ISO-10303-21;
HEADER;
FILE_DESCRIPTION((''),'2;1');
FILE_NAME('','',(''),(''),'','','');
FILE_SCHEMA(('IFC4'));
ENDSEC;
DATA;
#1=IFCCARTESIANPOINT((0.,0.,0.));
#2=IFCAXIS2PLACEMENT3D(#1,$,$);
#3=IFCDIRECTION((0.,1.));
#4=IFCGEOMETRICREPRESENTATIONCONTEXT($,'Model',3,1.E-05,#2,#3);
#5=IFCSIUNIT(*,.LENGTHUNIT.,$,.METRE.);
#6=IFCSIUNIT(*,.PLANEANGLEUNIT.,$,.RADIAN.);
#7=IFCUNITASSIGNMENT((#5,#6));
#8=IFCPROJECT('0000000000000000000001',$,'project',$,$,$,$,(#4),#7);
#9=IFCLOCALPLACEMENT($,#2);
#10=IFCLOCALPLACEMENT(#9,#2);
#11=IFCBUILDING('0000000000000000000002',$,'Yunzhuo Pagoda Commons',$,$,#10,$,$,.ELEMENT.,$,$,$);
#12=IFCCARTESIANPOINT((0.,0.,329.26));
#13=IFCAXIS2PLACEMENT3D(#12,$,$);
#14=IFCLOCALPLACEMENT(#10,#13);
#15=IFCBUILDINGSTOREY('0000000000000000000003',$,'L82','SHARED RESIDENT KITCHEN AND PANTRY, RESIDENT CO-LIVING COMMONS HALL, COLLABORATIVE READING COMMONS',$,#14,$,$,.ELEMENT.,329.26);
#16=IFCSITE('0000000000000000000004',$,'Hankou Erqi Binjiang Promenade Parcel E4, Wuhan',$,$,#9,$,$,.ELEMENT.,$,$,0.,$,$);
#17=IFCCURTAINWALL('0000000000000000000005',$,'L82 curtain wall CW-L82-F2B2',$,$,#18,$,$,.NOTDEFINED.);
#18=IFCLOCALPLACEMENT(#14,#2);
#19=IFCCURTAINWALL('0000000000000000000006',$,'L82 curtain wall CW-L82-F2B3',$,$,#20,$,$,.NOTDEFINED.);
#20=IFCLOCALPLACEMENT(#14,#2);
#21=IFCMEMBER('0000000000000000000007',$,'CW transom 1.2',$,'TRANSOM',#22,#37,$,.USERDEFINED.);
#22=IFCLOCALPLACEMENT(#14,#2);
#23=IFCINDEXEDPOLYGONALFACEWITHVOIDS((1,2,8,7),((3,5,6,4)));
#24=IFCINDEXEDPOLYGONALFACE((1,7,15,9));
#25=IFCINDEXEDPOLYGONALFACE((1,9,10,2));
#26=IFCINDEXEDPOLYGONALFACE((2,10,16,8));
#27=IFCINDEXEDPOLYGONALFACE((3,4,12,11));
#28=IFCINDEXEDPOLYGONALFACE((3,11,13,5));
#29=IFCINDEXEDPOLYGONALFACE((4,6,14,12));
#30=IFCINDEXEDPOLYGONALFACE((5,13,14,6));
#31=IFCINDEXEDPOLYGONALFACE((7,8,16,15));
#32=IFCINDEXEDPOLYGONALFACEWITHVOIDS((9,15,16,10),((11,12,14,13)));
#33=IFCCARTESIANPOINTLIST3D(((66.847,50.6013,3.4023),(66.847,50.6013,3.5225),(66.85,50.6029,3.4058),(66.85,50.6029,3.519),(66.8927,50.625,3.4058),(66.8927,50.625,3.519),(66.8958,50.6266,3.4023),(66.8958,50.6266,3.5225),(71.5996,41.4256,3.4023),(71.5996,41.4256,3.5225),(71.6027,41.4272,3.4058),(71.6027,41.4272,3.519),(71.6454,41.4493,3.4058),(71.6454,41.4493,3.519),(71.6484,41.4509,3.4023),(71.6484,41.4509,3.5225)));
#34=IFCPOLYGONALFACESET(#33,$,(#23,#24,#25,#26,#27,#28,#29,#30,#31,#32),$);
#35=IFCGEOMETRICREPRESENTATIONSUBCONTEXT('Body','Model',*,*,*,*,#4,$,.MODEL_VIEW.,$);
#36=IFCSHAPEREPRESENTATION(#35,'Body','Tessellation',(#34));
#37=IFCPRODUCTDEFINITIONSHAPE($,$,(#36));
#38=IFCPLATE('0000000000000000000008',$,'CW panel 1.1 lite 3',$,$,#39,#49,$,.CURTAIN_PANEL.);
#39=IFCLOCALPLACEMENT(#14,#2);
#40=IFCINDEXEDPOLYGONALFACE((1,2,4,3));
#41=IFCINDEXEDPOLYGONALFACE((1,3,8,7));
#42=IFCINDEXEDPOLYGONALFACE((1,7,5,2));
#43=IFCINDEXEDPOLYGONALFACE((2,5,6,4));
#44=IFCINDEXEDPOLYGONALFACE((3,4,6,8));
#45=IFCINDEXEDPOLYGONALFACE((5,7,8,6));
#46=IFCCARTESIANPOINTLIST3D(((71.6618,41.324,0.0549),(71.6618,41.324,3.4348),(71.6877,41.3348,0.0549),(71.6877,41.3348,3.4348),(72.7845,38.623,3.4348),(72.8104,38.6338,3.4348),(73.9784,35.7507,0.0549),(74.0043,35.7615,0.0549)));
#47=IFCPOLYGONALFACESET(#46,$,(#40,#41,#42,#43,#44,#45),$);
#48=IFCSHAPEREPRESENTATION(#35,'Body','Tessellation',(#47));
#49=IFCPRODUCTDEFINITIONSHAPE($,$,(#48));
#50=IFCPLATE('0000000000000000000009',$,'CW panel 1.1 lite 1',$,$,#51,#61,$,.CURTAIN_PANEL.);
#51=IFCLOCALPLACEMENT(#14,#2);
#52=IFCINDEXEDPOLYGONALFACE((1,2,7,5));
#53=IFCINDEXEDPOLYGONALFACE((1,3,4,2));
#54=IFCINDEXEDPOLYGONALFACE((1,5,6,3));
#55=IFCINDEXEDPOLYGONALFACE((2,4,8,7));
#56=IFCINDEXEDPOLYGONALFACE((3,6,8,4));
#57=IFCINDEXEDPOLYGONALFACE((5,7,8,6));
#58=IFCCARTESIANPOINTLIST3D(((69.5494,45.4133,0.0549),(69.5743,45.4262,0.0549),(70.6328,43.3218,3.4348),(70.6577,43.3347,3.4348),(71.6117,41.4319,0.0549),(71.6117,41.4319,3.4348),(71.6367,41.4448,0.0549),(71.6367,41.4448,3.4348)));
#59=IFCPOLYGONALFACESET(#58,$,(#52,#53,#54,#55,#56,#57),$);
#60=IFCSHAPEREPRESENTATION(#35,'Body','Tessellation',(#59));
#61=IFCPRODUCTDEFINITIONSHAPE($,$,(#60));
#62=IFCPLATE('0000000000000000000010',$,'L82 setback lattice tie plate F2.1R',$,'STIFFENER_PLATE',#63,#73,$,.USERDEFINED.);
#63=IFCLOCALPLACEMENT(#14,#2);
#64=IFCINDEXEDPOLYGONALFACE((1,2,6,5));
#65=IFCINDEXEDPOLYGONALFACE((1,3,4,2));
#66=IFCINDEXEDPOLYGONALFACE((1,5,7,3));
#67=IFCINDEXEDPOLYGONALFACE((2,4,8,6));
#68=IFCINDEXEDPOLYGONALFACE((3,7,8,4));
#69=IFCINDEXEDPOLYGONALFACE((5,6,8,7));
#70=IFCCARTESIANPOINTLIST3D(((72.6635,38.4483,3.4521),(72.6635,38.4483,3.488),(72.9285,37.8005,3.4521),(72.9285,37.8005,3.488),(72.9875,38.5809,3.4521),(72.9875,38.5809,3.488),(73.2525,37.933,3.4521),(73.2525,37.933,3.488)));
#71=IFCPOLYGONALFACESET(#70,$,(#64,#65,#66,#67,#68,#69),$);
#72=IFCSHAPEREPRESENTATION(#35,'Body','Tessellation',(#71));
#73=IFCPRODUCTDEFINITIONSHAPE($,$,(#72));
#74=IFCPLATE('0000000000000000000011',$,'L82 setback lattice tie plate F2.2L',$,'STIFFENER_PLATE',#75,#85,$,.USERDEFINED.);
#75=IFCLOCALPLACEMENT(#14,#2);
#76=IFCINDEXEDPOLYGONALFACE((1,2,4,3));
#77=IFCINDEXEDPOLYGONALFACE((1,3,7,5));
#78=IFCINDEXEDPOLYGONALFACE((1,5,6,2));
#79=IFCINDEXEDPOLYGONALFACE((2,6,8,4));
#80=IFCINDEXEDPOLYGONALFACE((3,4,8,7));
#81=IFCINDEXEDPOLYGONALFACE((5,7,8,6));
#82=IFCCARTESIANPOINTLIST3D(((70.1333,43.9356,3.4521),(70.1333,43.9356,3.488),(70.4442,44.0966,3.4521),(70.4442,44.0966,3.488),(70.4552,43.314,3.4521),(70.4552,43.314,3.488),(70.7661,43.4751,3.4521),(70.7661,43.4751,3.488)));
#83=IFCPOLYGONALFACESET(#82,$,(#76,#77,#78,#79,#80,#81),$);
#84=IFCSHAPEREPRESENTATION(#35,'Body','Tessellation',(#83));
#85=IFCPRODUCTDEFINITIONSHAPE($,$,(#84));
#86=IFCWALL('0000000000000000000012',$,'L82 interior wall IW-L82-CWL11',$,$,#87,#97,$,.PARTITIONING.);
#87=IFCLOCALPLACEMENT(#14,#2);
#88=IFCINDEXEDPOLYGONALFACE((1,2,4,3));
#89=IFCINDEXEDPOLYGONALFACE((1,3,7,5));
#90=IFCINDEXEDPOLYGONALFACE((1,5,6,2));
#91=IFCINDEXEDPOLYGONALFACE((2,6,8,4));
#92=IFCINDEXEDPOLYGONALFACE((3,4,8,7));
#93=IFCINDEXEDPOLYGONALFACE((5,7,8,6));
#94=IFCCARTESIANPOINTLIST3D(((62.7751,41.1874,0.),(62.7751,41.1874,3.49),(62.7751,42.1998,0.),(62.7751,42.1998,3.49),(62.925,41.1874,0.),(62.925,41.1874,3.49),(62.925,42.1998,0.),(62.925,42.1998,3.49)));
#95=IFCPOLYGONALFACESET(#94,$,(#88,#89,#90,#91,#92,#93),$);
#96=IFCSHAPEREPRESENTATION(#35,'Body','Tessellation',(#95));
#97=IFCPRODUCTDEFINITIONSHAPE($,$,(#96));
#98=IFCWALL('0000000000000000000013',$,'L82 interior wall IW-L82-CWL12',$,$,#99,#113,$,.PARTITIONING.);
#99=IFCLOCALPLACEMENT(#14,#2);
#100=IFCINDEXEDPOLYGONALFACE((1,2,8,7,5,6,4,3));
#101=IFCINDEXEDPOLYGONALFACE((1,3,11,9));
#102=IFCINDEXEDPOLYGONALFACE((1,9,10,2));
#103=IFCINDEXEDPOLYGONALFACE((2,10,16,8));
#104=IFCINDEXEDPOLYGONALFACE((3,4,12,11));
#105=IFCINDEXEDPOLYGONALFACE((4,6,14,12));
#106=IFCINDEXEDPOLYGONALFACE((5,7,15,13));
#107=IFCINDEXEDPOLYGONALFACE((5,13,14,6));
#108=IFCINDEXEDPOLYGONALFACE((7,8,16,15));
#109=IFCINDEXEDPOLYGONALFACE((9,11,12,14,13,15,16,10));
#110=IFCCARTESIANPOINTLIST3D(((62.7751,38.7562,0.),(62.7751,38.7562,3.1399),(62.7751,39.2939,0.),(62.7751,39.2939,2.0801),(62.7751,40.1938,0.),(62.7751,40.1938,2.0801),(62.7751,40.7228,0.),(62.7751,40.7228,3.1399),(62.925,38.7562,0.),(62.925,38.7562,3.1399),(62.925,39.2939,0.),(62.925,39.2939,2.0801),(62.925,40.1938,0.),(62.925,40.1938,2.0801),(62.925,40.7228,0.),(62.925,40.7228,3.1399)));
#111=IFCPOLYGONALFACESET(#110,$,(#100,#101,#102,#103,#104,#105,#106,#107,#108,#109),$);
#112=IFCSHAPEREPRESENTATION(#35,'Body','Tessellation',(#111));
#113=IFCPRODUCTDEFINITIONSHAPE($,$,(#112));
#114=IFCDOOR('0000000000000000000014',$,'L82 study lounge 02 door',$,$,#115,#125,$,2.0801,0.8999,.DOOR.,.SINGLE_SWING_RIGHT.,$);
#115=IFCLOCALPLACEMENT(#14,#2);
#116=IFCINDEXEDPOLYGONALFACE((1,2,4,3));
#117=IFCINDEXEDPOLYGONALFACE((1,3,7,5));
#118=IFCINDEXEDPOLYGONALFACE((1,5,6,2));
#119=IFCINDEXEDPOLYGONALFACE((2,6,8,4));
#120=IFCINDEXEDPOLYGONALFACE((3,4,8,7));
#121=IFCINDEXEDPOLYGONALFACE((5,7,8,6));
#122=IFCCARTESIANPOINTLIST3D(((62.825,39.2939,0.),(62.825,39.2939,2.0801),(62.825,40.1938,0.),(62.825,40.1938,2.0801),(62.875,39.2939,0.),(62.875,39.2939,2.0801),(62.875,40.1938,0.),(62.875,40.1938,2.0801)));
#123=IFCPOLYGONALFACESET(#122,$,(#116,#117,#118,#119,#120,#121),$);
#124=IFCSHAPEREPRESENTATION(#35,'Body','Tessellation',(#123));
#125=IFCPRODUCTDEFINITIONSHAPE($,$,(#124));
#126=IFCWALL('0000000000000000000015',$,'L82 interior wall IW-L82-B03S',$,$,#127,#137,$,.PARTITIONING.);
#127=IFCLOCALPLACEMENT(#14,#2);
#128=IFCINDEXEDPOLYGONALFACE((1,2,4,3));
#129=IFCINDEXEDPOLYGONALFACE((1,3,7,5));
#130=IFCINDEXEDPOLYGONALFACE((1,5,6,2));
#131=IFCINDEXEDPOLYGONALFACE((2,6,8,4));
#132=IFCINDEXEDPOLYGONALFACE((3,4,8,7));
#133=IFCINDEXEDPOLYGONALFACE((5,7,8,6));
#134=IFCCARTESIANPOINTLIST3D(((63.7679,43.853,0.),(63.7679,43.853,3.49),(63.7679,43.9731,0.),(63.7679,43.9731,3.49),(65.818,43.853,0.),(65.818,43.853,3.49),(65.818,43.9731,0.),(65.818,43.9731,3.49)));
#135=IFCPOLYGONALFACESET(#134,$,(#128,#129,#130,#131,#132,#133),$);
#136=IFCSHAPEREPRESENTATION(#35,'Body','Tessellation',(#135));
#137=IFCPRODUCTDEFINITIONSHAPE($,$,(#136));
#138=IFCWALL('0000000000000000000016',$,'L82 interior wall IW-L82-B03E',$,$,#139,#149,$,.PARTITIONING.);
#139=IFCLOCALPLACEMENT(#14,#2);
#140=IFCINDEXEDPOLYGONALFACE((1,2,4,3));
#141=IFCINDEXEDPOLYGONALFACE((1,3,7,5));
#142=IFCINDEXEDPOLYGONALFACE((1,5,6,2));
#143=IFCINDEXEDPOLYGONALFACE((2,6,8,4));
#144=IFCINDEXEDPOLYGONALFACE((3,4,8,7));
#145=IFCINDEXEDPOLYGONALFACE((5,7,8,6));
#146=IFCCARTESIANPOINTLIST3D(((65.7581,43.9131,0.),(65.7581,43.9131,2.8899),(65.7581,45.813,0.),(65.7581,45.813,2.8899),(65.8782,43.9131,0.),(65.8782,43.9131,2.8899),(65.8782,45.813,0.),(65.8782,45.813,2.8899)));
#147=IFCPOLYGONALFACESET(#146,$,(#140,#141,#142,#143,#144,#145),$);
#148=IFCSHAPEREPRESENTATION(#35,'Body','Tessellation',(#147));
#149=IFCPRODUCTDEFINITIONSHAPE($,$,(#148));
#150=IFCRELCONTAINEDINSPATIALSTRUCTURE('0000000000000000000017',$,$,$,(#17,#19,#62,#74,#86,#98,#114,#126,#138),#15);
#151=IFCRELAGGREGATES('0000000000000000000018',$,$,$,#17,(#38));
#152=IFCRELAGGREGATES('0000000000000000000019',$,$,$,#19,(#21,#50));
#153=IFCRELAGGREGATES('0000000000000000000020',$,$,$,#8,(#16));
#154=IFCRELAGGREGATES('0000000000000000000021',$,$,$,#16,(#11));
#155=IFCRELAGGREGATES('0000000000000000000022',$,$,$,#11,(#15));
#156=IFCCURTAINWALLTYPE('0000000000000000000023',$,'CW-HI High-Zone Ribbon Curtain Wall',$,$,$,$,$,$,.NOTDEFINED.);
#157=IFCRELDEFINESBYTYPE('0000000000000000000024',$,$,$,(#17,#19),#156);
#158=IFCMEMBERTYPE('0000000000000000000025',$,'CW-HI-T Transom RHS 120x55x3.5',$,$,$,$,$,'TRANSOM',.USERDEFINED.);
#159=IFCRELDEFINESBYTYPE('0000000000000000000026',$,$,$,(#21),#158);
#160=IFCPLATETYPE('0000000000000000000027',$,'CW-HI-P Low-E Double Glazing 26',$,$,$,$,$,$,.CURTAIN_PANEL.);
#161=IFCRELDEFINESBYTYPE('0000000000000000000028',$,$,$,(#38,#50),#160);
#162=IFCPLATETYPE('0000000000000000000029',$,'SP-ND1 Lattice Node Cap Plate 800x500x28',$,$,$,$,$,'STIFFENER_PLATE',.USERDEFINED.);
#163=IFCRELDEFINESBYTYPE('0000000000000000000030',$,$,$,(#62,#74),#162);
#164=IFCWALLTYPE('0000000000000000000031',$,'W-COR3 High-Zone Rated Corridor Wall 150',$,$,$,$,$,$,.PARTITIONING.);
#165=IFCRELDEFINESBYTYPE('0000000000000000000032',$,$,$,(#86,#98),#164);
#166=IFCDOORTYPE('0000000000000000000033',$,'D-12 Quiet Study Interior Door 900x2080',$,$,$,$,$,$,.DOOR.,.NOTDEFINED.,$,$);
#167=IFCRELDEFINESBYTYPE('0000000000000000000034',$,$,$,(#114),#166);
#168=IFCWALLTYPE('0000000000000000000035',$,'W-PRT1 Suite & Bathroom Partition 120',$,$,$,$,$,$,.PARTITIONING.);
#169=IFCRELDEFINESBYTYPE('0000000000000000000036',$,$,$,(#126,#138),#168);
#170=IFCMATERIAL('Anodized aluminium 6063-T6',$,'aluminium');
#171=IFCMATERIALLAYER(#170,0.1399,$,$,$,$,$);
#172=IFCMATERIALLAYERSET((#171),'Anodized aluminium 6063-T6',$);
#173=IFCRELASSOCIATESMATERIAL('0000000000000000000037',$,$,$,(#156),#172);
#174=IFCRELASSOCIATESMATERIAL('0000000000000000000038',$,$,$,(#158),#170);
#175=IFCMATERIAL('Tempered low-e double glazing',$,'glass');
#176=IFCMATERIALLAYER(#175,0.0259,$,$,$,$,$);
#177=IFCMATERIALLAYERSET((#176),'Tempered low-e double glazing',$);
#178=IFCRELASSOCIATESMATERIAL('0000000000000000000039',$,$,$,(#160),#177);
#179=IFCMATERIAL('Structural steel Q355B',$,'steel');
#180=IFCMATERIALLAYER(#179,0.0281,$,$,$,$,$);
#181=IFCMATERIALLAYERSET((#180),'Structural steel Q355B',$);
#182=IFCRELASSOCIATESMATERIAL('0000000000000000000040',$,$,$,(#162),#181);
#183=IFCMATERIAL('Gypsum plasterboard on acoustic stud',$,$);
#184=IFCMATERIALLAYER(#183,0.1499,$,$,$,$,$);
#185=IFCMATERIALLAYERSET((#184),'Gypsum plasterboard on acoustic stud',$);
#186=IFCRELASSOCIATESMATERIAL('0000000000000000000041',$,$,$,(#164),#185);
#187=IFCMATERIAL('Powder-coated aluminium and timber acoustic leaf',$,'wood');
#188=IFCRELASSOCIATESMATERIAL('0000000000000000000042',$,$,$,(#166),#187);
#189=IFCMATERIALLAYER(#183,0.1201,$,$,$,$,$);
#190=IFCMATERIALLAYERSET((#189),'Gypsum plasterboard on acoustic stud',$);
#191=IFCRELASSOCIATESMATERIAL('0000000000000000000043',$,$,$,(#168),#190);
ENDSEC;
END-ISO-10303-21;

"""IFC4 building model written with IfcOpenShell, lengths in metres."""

from ifc_helpers import new_model, si_unit, direction, frame, frame_2d, origin, origin_with_axes, origin_2d, place, context, subcontext, project, spatial, polyline, rectangle, hollow_rectangle, outline, extrude, source, transform, mapped, material, layer, layer_set, material_profile, profile_set, type_object, element, fill, aggregate, save


model = new_model("IFC4")

# Units and contexts
model_context = context("Model", 3, precision=1e-05, world=origin(), true_north=direction((0.0, 1.0)))
body_context = subcontext(model_context, "Body", "Model", "MODEL_VIEW")
ifc_project = project(units=[si_unit("LENGTHUNIT", "METRE"), si_unit("PLANEANGLEUNIT", "RADIAN")], contexts=[model_context])

# Site, building, storey
site_placement = place(None, origin())
site = spatial("IfcSite", under=ifc_project, at=site_placement, Name="Hankou Erqi Binjiang Promenade Parcel E4, Wuhan", CompositionType="ELEMENT", RefElevation=0.0)
building_placement = place(site_placement, origin())
building = spatial("IfcBuilding", under=site, at=building_placement, Name="Yunzhuo Pagoda Commons", CompositionType="ELEMENT")
storey_placement = place(building_placement, frame((0.0, 0.0, 329.26)))
storey = spatial("IfcBuildingStorey", under=building, at=storey_placement, Name="L82", Description="SHARED RESIDENT KITCHEN AND PANTRY, RESIDENT CO-LIVING COMMONS HALL, COLLABORATIVE READING COMMONS", CompositionType="ELEMENT", Elevation=329.26)

# Shared definitions
ifc_material_1 = material(Name="Structural steel Q355B", Category="steel")

# Curtain wall
ifc_material_2 = material(Name="Anodized aluminium 6063-T6", Category="aluminium")
ifc_layer_1 = layer(ifc_material_2, 0.1399)
ifc_layer_set_1 = layer_set([ifc_layer_1], Name="Anodized aluminium 6063-T6")
curtain_wall_type = type_object("IfcCurtainWallType", Name="CW-HI High-Zone Ribbon Curtain Wall", PredefinedType="NOTDEFINED", material=ifc_layer_set_1)
curtain_wall_1_placement = place(storey_placement, origin())
curtain_wall_1 = element("IfcCurtainWall", 1, at=curtain_wall_1_placement, inside=storey, type_object=curtain_wall_type, Name="L82 curtain wall CW-L82-F2B2", PredefinedType="NOTDEFINED")

# Curtain wall, member
curtain_wall_2_placement = place(storey_placement, origin())
curtain_wall_2 = element("IfcCurtainWall", 2, at=curtain_wall_2_placement, inside=storey, type_object=curtain_wall_type, Name="L82 curtain wall CW-L82-F2B3", PredefinedType="NOTDEFINED")
ifc_material_profile_1 = material_profile(ifc_material_2, hollow_rectangle(XDim=0.0549, YDim=0.1201, WallThickness=0.0034, at=origin_2d()), Name="Anodized aluminium 6063-T6")
ifc_profile_set_1 = profile_set([ifc_material_profile_1], Name="Anodized aluminium 6063-T6")
member_type_1 = type_object("IfcMemberType", Name="CW-HI-T Transom RHS 120x55x3.5", ElementType="TRANSOM", PredefinedType="USERDEFINED", material=ifc_profile_set_1)
shared_shape_1 = source(origin(), body_context, "Body", "SweptSolid", [
    extrude(hollow_rectangle(XDim=0.0549, YDim=0.1201, WallThickness=0.0034, at=origin_2d()), origin(), (0.0, 0.0, 1.0), 10.3335),
])
member_1_placement = place(storey_placement, frame((71.624, 41.4382, 3.4624), z_axis=(-0.459926, 0.887957, 0.0), x_axis=(-0.887957, -0.459926, 0.0)))
member_1 = element("IfcMember", 3, at=member_1_placement, type_object=member_type_1, Name="CW transom 1.2", ObjectType="TRANSOM", PredefinedType="USERDEFINED", context=body_context, shape_type="MappedRepresentation", body=[
    mapped(shared_shape_1, transform((0.0, 0.0, 0.0), scale=1.0)),
])

# Plates
ifc_material_3 = material(Name="Tempered low-e double glazing", Category="glass")
ifc_layer_2 = layer(ifc_material_3, 0.0259)
ifc_layer_set_2 = layer_set([ifc_layer_2], Name="Tempered low-e double glazing")
plate_type_1 = type_object("IfcPlateType", Name="CW-HI-P Low-E Double Glazing 26", PredefinedType="CURTAIN_PANEL", material=ifc_layer_set_2)
plate_1_placement = place(storey_placement, frame((72.8201, 38.5374, 1.7449), z_axis=(0.923407, 0.383822, 0.0), x_axis=(-0.383822, 0.923407, 0.0)))
plate_1 = element("IfcPlate", 4, at=plate_1_placement, type_object=plate_type_1, Name="CW panel 1.1 lite 3", PredefinedType="CURTAIN_PANEL", context=body_context, shape_type="SweptSolid", body=[
    extrude(outline(polyline([(-3.0178, -1.6899), (3.0178, -1.6899), (3.0178, 1.6899), (0.0928, 1.6899), (-3.0178, -1.6899)])), origin(), (0.0, 0.0, 1.0), 0.0281),
])
aggregate(curtain_wall_1, [plate_1])
plate_2_placement = place(storey_placement, frame((70.5806, 43.4226, 1.7449), z_axis=(0.887948, 0.459945, 0.0), x_axis=(-0.459945, 0.887948, 0.0)))
plate_2 = element("IfcPlate", 5, at=plate_2_placement, type_object=plate_type_1, Name="CW panel 1.1 lite 1", PredefinedType="CURTAIN_PANEL", context=body_context, shape_type="SweptSolid", body=[
    extrude(outline(polyline([(-2.2419, -1.6899), (2.2419, -1.6899), (-0.1135, 1.6899), (-2.2419, 1.6899), (-2.2419, -1.6899)])), origin(), (0.0, 0.0, 1.0), 0.0281),
])
aggregate(curtain_wall_2, [member_1, plate_2])

# Plates
ifc_layer_3 = layer(ifc_material_1, 0.0281)
ifc_layer_set_3 = layer_set([ifc_layer_3], Name="Structural steel Q355B")
plate_type_2 = type_object("IfcPlateType", Name="SP-ND1 Lattice Node Cap Plate 800x500x28", ElementType="STIFFENER_PLATE", PredefinedType="USERDEFINED", material=ifc_layer_set_3)
shared_shape_2 = source(origin(), body_context, "Body", "SweptSolid", [
    extrude(rectangle(XDim=0.7, YDim=0.3501, at=origin_2d()), origin(), (0.0, 0.0, 1.0), 0.0359),
])
for number, where, z_axis, x_axis, name in (
    (6, (72.958, 38.1907, 3.4521), (0.0, 0.0, 1.0), (-0.378568, 0.925574, 0.0), "L82 setback lattice tie plate F2.1R"),
    (7, (70.4497, 43.7053, 3.4521), (0.0, 0.0, 1.0), (-0.459952, 0.887944, 0.0), "L82 setback lattice tie plate F2.2L"),
):
    element("IfcPlate", number, at=place(storey_placement, frame(where, z_axis=z_axis, x_axis=x_axis)), inside=storey, type_object=plate_type_2, Name=name, ObjectType="STIFFENER_PLATE", PredefinedType="USERDEFINED", context=body_context, shape_type="MappedRepresentation", body=[
        mapped(shared_shape_2, transform((0.0, 0.0, 0.0), scale=1.0)),
    ])

# Wall
ifc_material_4 = material(Name="Gypsum plasterboard on acoustic stud")
ifc_layer_4 = layer(ifc_material_4, 0.1499)
ifc_layer_set_4 = layer_set([ifc_layer_4], Name="Gypsum plasterboard on acoustic stud")
wall_type_1 = type_object("IfcWallType", Name="W-COR3 High-Zone Rated Corridor Wall 150", PredefinedType="PARTITIONING", material=ifc_layer_set_4)
wall_1_placement = place(storey_placement, frame((62.8501, 42.2, 0.0), z_axis=(0.0, 0.0, 1.0), x_axis=(0.0, -1.0, 0.0)))
element("IfcWall", 8, at=wall_1_placement, inside=storey, type_object=wall_type_1, Name="L82 interior wall IW-L82-CWL11", PredefinedType="PARTITIONING", context=body_context, shape_type="SweptSolid", body=[
    extrude(rectangle(XDim=1.0125, YDim=0.1499, at=frame_2d((0.5063, 0.0))), origin(), (0.0, 0.0, 1.0), 3.49),
])

# Wall, opening, door
wall_2_placement = place(storey_placement, frame((62.8501, 40.7229, 0.0), z_axis=(0.0, 0.0, 1.0), x_axis=(0.0, -1.0, 0.0)))
wall_2 = element("IfcWall", 9, at=wall_2_placement, inside=storey, type_object=wall_type_1, Name="L82 interior wall IW-L82-CWL12", PredefinedType="PARTITIONING", context=body_context, shape_type="SweptSolid", body=[
    extrude(rectangle(XDim=1.9666, YDim=0.1499, at=frame_2d((0.9834, 0.0))), origin(), (0.0, 0.0, 1.0), 3.1399),
])
opening_1_placement = place(wall_2_placement, frame((0.5291, 0.0, 0.0)))
opening_1 = element("IfcOpeningElement", 10, at=opening_1_placement, cuts=wall_2, PredefinedType="OPENING", context=body_context, shape_type="SweptSolid", body=[
    extrude(rectangle(XDim=0.8999, YDim=2.0801, at=frame_2d((0.45, 1.04))), frame((0.0, 0.085, 0.0), z_axis=(0.0, -1.0, 0.0), x_axis=(1.0, 0.0, 0.0)), (0.0, 0.0, 1.0), 0.1699),
])
ifc_material_5 = material(Name="Powder-coated aluminium and timber acoustic leaf", Category="wood")
door_type_1 = type_object("IfcDoorType", Name="D-12 Quiet Study Interior Door 900x2080", OperationType="NOTDEFINED", PredefinedType="DOOR", material=ifc_material_5)
shared_shape_3 = source(origin(), body_context, "Body", "SweptSolid", [
    extrude(rectangle(XDim=0.8999, YDim=2.0801, at=frame_2d((0.45, 1.04))), frame((0.0, 0.0249, 0.0), z_axis=(0.0, -1.0, 0.0), x_axis=(1.0, 0.0, 0.0)), (0.0, 0.0, 1.0), 0.05),
])
door_1_placement = place(opening_1_placement, origin_with_axes())
door_1 = element("IfcDoor", 11, at=door_1_placement, inside=storey, type_object=door_type_1, Name="L82 study lounge 02 door", OperationType="SINGLE_SWING_RIGHT", OverallHeight=2.0801, OverallWidth=0.8999, PredefinedType="DOOR", context=body_context, shape_type="MappedRepresentation", body=[
    mapped(shared_shape_3, transform((0.0, 0.0, 0.0), scale=1.0)),
])
fill(opening_1, door_1)

# Walls
ifc_layer_5 = layer(ifc_material_4, 0.1201)
ifc_layer_set_5 = layer_set([ifc_layer_5], Name="Gypsum plasterboard on acoustic stud")
wall_type_2 = type_object("IfcWallType", Name="W-PRT1 Suite & Bathroom Partition 120", PredefinedType="PARTITIONING", material=ifc_layer_set_5)
wall_3_placement = place(storey_placement, frame((63.7681, 43.9131, 0.0), z_axis=(0.0, 0.0, 1.0), x_axis=(1.0, 0.0, 0.0)))
element("IfcWall", 12, at=wall_3_placement, inside=storey, type_object=wall_type_2, Name="L82 interior wall IW-L82-B03S", PredefinedType="PARTITIONING", context=body_context, shape_type="SweptSolid", body=[
    extrude(rectangle(XDim=2.05, YDim=0.1201, at=frame_2d((1.0249, 0.0))), origin(), (0.0, 0.0, 1.0), 3.49),
])
wall_4_placement = place(storey_placement, frame((65.8181, 43.9131, 0.0), z_axis=(0.0, 0.0, 1.0), x_axis=(0.0, 1.0, 0.0)))
element("IfcWall", 13, at=wall_4_placement, inside=storey, type_object=wall_type_2, Name="L82 interior wall IW-L82-B03E", PredefinedType="PARTITIONING", context=body_context, shape_type="SweptSolid", body=[
    extrude(rectangle(XDim=1.8999, YDim=0.1201, at=frame_2d((0.95, 0.0))), origin(), (0.0, 0.0, 1.0), 2.8899),
])

save(model, "model.ifc")
